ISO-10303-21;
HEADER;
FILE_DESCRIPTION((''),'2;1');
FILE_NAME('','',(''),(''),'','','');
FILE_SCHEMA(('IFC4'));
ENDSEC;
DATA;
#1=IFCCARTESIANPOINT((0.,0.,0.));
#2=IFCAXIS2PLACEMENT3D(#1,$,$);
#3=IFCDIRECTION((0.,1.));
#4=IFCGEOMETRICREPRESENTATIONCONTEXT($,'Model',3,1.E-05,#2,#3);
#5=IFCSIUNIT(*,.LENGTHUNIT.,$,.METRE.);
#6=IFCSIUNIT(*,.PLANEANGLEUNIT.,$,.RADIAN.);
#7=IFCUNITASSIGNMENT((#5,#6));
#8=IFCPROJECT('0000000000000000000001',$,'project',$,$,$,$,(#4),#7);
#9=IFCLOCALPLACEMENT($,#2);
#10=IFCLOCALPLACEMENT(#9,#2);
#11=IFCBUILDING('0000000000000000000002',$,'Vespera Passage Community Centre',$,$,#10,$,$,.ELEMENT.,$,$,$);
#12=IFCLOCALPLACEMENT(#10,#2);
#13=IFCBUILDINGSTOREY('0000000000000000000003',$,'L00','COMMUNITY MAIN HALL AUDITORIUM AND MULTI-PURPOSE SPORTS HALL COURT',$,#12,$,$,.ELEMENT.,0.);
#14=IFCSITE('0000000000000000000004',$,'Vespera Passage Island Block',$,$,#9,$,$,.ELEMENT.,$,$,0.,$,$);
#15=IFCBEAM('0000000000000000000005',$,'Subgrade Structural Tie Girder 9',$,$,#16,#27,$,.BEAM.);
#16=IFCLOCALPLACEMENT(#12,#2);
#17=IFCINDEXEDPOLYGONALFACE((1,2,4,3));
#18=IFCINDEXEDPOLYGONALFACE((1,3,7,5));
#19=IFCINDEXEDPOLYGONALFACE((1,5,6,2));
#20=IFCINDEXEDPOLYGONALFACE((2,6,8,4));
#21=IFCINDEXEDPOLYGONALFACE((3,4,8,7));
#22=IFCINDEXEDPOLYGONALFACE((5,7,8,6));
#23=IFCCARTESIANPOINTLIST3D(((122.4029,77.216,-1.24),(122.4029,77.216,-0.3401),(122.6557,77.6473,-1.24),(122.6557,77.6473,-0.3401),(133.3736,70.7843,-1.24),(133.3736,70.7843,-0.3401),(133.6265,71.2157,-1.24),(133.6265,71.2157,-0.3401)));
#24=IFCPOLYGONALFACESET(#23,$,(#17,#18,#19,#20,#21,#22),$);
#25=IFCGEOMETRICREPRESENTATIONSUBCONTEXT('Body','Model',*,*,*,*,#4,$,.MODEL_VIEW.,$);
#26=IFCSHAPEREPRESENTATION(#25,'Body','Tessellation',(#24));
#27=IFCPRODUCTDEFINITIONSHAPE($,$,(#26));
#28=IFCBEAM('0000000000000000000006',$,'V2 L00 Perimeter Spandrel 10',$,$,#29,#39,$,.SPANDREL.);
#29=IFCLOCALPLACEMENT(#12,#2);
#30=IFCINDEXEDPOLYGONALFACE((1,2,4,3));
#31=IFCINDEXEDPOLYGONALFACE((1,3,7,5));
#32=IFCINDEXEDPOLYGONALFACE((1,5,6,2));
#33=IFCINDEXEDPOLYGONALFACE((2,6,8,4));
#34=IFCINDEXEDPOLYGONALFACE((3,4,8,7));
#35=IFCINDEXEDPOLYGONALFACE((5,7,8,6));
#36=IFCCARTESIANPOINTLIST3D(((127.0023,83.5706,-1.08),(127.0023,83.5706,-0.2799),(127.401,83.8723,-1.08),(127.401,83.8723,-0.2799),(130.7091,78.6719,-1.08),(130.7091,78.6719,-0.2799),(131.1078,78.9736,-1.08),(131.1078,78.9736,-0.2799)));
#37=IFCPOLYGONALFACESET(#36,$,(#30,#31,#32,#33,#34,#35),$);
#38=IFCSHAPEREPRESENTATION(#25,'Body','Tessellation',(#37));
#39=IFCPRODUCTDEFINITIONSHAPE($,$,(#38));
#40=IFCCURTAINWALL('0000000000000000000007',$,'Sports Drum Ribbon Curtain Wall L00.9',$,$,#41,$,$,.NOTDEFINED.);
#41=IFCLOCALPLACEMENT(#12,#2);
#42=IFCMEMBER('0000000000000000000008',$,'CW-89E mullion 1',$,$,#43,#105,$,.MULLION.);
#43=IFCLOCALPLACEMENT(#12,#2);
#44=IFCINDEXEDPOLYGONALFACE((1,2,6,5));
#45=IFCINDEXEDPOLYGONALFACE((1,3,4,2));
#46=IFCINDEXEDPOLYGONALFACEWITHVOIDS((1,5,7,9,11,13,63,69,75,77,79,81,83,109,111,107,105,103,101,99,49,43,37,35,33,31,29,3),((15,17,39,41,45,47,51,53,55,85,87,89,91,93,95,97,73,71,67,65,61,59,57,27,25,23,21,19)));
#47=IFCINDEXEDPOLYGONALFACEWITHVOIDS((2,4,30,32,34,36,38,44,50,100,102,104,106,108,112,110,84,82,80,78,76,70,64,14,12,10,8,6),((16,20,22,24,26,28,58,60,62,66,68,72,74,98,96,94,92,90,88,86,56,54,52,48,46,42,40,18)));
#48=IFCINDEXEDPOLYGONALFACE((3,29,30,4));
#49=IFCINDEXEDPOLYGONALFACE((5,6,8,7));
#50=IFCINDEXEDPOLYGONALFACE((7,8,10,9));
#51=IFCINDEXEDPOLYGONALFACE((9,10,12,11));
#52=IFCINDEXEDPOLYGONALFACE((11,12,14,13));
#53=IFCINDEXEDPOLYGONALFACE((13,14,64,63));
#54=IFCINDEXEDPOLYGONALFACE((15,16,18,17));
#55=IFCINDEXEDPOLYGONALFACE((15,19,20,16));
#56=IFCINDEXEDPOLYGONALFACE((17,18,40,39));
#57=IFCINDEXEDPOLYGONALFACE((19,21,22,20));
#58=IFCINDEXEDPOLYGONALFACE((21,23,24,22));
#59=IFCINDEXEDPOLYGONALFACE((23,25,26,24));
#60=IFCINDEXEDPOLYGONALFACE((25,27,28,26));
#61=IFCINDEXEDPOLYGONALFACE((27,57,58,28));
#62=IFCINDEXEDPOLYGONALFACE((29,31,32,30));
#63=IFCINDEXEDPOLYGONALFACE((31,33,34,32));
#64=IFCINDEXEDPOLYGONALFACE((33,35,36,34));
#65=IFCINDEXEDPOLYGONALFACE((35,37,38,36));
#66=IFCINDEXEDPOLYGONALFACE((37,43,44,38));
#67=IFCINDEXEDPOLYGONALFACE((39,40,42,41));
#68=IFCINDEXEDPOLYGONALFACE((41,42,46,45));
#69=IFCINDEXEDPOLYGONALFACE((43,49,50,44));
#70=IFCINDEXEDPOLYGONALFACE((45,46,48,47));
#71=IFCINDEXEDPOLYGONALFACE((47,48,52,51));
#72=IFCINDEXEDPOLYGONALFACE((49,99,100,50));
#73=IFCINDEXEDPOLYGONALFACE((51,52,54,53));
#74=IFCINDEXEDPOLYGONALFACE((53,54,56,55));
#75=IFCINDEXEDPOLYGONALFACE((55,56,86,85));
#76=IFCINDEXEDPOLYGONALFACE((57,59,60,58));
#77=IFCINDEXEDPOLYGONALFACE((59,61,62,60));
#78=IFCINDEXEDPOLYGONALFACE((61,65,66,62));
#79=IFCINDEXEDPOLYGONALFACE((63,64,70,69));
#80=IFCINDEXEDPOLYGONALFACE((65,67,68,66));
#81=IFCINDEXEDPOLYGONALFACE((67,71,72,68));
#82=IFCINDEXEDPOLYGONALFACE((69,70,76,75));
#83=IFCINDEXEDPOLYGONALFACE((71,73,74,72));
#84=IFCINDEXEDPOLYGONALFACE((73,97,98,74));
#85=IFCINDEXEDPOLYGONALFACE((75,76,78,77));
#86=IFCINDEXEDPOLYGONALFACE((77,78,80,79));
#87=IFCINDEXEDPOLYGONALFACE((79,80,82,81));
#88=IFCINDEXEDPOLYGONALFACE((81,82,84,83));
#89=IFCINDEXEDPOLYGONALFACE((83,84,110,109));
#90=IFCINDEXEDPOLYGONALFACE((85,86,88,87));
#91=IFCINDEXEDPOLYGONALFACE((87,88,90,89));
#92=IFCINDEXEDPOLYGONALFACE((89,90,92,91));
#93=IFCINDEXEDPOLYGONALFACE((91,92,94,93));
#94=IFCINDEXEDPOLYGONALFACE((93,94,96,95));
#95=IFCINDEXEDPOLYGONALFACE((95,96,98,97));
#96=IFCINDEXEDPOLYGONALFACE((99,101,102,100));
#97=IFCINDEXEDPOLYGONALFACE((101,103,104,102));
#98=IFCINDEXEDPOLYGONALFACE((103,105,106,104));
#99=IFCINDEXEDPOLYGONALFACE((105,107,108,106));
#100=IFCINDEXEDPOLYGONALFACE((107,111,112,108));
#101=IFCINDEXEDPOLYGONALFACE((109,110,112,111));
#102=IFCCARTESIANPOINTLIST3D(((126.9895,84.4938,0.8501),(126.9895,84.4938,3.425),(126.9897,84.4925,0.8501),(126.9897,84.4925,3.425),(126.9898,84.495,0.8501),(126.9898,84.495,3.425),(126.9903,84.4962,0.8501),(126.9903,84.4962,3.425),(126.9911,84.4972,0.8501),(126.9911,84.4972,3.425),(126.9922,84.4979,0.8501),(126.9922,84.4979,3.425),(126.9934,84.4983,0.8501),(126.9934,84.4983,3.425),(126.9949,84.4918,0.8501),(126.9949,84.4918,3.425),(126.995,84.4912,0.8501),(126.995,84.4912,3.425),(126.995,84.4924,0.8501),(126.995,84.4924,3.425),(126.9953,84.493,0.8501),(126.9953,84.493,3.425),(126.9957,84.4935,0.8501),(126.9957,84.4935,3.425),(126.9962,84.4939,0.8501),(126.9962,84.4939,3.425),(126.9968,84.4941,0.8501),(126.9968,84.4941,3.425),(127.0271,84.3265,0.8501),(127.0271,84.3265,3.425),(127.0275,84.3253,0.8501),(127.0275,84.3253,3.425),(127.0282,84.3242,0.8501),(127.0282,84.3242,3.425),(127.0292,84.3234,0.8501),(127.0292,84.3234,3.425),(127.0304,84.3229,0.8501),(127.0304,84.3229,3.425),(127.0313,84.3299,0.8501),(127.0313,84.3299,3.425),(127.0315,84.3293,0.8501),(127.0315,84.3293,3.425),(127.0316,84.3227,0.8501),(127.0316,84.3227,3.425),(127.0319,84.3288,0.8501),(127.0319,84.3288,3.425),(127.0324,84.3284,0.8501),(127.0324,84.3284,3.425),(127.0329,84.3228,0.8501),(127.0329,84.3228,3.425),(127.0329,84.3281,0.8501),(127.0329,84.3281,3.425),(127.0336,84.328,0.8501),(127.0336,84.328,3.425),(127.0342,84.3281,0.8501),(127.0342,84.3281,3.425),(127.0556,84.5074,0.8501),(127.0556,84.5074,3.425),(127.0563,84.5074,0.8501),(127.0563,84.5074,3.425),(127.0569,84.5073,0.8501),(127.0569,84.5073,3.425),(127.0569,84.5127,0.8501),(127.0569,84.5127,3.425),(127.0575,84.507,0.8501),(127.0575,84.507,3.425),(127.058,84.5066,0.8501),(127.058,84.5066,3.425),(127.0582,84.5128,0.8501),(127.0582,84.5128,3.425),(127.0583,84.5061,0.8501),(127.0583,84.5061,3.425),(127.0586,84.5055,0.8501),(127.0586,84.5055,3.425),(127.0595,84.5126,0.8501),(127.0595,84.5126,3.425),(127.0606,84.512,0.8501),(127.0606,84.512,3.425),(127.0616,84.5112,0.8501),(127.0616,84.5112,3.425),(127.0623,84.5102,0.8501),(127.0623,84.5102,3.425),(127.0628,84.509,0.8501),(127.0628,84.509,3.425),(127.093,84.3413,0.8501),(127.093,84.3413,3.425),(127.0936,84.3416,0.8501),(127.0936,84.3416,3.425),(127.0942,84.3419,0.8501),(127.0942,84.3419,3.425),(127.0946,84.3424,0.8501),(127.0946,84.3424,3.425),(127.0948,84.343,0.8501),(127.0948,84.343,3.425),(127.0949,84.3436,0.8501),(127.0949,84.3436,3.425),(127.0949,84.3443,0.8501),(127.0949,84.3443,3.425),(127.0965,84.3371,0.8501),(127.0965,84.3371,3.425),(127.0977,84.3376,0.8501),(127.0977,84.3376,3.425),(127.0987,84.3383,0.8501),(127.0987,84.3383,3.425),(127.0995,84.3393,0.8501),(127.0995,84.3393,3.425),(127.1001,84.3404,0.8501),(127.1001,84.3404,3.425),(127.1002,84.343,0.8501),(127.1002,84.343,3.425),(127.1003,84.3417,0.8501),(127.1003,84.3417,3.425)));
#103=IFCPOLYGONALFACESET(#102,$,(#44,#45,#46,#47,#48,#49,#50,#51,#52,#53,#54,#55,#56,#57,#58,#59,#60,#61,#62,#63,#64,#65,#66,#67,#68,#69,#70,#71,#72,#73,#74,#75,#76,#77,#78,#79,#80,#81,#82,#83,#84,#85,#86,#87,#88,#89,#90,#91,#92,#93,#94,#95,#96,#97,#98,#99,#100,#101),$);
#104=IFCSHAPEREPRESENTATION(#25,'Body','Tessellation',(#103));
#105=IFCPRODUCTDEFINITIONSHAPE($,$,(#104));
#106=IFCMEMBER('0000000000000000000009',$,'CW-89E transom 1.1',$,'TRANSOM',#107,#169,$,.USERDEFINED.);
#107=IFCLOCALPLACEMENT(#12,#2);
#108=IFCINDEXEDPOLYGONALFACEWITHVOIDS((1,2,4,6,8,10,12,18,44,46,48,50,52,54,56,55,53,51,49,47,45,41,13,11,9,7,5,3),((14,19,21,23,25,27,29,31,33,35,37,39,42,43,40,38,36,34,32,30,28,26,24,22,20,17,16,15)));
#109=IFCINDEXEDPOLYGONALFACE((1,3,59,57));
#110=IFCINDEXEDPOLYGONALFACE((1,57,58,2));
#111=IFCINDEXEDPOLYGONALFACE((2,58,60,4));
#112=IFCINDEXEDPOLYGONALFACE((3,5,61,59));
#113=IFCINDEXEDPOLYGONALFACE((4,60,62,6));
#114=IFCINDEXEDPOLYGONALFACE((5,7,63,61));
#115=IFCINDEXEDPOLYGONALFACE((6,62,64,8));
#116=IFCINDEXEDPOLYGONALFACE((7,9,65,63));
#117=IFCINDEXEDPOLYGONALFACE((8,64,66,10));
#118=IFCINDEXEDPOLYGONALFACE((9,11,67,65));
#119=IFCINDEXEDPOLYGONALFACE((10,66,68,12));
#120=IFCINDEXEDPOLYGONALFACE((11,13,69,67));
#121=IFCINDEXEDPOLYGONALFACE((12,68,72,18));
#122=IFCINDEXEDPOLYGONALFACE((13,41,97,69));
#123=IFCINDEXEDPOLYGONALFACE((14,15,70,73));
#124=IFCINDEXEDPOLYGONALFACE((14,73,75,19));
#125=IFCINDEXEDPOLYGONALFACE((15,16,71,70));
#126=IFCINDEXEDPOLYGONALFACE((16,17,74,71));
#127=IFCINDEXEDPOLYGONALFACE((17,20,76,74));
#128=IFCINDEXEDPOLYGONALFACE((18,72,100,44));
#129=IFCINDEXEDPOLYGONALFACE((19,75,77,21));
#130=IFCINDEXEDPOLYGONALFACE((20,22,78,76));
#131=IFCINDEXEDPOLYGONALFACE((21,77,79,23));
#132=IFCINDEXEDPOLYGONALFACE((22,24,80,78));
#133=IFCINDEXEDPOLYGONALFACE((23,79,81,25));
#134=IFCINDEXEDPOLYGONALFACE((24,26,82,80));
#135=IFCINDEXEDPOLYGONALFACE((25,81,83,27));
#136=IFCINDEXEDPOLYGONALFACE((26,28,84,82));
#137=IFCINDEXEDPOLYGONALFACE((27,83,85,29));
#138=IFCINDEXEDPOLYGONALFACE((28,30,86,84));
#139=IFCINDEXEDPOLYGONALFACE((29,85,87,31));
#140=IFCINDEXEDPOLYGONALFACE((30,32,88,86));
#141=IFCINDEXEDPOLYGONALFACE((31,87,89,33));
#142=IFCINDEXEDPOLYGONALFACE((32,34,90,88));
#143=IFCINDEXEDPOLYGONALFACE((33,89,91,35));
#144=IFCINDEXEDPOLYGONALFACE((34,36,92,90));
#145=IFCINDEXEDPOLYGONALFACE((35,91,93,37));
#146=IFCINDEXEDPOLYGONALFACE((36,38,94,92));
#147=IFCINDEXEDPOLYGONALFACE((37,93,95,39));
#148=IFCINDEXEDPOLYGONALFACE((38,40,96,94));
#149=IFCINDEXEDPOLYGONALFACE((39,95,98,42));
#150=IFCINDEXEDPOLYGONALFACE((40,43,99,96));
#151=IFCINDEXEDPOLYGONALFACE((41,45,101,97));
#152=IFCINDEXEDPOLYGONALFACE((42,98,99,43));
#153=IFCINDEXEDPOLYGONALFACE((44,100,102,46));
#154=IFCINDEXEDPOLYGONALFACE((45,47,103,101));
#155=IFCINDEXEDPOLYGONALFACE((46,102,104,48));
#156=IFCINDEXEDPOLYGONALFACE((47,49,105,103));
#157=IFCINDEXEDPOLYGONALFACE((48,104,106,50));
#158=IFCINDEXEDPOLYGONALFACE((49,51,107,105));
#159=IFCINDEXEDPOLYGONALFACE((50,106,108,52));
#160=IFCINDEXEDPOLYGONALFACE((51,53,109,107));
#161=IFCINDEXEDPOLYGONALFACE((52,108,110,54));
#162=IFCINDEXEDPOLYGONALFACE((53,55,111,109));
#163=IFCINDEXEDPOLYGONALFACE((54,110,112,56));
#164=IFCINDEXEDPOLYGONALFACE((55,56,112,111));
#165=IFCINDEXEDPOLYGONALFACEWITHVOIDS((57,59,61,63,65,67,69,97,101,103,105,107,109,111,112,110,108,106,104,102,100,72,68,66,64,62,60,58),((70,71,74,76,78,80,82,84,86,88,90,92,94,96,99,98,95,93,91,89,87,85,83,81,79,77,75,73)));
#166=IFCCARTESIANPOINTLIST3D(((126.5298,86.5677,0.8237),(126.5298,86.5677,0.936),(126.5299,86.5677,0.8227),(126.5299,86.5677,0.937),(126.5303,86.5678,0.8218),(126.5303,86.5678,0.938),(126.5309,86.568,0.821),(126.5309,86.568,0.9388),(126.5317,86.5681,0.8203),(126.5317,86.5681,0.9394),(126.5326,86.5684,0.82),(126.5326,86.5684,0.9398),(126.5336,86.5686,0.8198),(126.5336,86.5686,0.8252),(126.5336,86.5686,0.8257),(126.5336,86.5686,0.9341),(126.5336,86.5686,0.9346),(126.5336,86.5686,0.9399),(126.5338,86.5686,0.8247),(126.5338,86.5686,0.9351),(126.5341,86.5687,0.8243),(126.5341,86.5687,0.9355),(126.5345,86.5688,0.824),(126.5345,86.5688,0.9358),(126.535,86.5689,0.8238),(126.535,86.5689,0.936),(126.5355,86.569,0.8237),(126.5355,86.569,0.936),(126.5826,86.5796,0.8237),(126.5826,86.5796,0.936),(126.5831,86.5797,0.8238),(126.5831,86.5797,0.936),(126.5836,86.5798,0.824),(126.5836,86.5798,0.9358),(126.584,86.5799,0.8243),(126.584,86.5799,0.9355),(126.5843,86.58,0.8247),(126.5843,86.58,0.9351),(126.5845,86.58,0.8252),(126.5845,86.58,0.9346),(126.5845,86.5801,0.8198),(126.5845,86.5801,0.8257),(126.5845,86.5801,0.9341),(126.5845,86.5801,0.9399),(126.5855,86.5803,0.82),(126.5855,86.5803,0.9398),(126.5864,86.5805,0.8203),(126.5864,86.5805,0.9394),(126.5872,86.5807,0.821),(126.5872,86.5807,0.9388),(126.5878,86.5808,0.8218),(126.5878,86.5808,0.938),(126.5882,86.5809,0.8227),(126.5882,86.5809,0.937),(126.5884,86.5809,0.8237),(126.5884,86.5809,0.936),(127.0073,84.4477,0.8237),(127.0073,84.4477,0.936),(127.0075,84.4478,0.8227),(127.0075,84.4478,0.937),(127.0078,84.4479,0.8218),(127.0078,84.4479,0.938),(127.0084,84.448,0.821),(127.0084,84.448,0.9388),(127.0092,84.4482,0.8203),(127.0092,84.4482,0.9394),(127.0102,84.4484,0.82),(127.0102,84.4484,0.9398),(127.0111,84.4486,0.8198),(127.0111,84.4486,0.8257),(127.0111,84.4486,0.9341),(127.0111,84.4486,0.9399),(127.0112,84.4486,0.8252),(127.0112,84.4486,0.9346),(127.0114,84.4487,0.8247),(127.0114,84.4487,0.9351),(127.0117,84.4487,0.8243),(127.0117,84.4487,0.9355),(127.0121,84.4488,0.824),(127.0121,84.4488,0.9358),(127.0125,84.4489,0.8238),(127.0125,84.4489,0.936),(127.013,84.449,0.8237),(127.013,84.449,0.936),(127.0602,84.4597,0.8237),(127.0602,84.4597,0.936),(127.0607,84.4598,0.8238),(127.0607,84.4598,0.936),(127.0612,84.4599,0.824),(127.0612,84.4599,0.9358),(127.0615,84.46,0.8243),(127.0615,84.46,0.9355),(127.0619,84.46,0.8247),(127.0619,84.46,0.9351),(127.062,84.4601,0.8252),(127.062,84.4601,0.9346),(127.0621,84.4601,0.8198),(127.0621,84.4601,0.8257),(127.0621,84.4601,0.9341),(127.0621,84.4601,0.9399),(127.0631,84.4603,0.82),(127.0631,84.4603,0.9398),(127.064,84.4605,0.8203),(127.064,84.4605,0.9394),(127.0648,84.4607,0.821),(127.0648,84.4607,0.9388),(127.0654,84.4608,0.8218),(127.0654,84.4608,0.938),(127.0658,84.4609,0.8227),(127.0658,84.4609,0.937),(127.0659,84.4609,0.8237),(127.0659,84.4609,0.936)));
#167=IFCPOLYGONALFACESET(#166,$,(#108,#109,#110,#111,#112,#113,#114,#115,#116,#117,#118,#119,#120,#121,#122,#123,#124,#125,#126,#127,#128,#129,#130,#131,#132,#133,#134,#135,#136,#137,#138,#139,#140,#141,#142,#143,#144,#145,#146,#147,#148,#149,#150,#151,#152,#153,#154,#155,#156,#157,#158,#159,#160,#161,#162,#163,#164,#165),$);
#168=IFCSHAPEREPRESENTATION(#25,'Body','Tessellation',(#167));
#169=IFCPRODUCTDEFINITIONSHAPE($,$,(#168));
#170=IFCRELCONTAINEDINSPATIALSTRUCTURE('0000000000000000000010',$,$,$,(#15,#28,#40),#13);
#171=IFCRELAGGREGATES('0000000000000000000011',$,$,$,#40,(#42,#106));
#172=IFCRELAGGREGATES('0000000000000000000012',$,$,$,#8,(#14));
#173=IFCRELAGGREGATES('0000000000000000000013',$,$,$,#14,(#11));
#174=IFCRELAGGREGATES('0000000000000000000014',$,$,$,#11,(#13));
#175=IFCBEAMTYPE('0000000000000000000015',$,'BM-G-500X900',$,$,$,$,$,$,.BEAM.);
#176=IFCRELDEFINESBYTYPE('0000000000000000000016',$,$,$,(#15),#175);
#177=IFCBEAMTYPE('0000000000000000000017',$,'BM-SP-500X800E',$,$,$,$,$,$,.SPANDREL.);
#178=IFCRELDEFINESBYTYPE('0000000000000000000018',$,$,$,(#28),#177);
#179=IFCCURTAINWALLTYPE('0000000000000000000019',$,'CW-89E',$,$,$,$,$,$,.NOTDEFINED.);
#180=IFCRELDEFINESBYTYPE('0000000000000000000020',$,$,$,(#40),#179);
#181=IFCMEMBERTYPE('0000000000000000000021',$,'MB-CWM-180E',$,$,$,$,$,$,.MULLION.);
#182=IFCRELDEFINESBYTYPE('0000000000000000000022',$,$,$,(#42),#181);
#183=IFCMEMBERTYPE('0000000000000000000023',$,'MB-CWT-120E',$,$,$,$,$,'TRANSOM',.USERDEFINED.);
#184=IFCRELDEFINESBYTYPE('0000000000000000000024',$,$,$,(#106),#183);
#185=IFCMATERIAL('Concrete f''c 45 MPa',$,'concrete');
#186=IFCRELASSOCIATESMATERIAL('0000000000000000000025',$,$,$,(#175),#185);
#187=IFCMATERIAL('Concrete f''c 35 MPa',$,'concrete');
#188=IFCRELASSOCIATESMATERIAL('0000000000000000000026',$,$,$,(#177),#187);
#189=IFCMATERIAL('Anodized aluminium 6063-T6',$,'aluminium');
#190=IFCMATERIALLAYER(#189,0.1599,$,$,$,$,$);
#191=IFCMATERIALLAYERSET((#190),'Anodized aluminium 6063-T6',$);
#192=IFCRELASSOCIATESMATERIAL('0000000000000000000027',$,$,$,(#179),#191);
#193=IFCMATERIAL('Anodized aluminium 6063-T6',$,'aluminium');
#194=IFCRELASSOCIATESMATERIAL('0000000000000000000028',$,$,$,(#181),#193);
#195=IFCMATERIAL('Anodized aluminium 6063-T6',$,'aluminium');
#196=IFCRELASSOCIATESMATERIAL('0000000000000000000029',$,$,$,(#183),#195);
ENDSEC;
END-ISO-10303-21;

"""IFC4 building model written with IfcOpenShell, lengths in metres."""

from ifc_helpers import new_model, si_unit, direction, frame, origin, origin_2d, place, context, subcontext, project, spatial, rectangle, hollow_rectangle, extrude, material, layer, layer_set, material_profile, profile_set, type_object, element, aggregate, save


model = new_model("IFC4")

# Units and contexts
model_context = context("Model", 3, precision=1e-05, world=origin(), true_north=direction((0.0, 1.0)))
body_context = subcontext(model_context, "Body", "Model", "MODEL_VIEW")
ifc_project = project(units=[si_unit("LENGTHUNIT", "METRE"), si_unit("PLANEANGLEUNIT", "RADIAN")], contexts=[model_context])

# Site, building, storey
site_placement = place(None, origin())
site = spatial("IfcSite", under=ifc_project, at=site_placement, Name="Vespera Passage Island Block", CompositionType="ELEMENT", RefElevation=0.0)
building_placement = place(site_placement, origin())
building = spatial("IfcBuilding", under=site, at=building_placement, Name="Vespera Passage Community Centre", CompositionType="ELEMENT")
storey_placement = place(building_placement, origin())
storey = spatial("IfcBuildingStorey", under=building, at=storey_placement, Name="L00", Description="COMMUNITY MAIN HALL AUDITORIUM AND MULTI-PURPOSE SPORTS HALL COURT", CompositionType="ELEMENT", Elevation=0.0)

# Beams
ifc_material_1 = material(Name="Concrete f'c 45 MPa", Category="concrete")
ifc_material_profile_1 = material_profile(ifc_material_1, rectangle(XDim=0.5, YDim=0.8999, at=origin_2d()), Name="RC500X900")
ifc_profile_set_1 = profile_set([ifc_material_profile_1], Name="Concrete f'c 45 MPa")
beam_type_1 = type_object("IfcBeamType", Name="BM-G-500X900", PredefinedType="BEAM", material=ifc_profile_set_1)
beam_1_placement = place(storey_placement, frame((122.5293, 77.4316, -0.79), z_axis=(0.862679, -0.505751, 0.0), x_axis=(0.505751, 0.862679, 0.0)))
element("IfcBeam", 1, at=beam_1_placement, inside=storey, type_object=beam_type_1, Name="Subgrade Structural Tie Girder 9", PredefinedType="BEAM", context=body_context, shape_type="SweptSolid", body=[
    extrude(rectangle(XDim=0.5, YDim=0.8999, at=origin_2d()), origin(), (0.0, 0.0, 1.0), 12.717),
])
ifc_material_2 = material(Name="Concrete f'c 35 MPa", Category="concrete")
ifc_material_profile_2 = material_profile(ifc_material_2, rectangle(XDim=0.5, YDim=0.8, at=origin_2d()), Name="RC500X800")
ifc_profile_set_2 = profile_set([ifc_material_profile_2], Name="Concrete f'c 35 MPa")
beam_type_2 = type_object("IfcBeamType", Name="BM-SP-500X800E", PredefinedType="SPANDREL", material=ifc_profile_set_2)
beam_2_placement = place(storey_placement, frame((127.2017, 83.7214, -0.6799), z_axis=(0.603409, -0.797432, 0.0), x_axis=(0.797432, 0.603409, 0.0)))
element("IfcBeam", 2, at=beam_2_placement, inside=storey, type_object=beam_type_2, Name="V2 L00 Perimeter Spandrel 10", PredefinedType="SPANDREL", context=body_context, shape_type="SweptSolid", body=[
    extrude(rectangle(XDim=0.5, YDim=0.8, at=origin_2d()), origin(), (0.0, 0.0, 1.0), 6.1431),
])

# Curtain wall, members
ifc_material_3 = material(Name="Anodized aluminium 6063-T6", Category="aluminium")
ifc_layer_1 = layer(ifc_material_3, 0.1599)
ifc_layer_set_1 = layer_set([ifc_layer_1], Name="Anodized aluminium 6063-T6")
curtain_wall_type = type_object("IfcCurtainWallType", Name="CW-89E", PredefinedType="NOTDEFINED", material=ifc_layer_set_1)
curtain_wall_placement = place(storey_placement, origin())
curtain_wall = element("IfcCurtainWall", 3, at=curtain_wall_placement, inside=storey, type_object=curtain_wall_type, Name="Sports Drum Ribbon Curtain Wall L00.9", PredefinedType="NOTDEFINED")
ifc_material_4 = material(Name="Anodized aluminium 6063-T6", Category="aluminium")
ifc_material_profile_3 = material_profile(ifc_material_4, hollow_rectangle(XDim=0.075, YDim=0.1799, WallThickness=0.0049, InnerFilletRadius=0.0024, OuterFilletRadius=0.0049, at=origin_2d()), Name="ALU180X75X5")
ifc_profile_set_3 = profile_set([ifc_material_profile_3], Name="Anodized aluminium 6063-T6")
member_type_1 = type_object("IfcMemberType", Name="MB-CWM-180E", PredefinedType="MULLION", material=ifc_profile_set_3)
member_1_placement = place(storey_placement, frame((127.0449, 84.4177, 0.8501), z_axis=(0.0, 0.0, 1.0), x_axis=(-0.975553, -0.219763, 0.0)))
member_1 = element("IfcMember", 4, at=member_1_placement, type_object=member_type_1, Name="CW-89E mullion 1", PredefinedType="MULLION", context=body_context, shape_type="SweptSolid", body=[
    extrude(hollow_rectangle(XDim=0.075, YDim=0.1799, WallThickness=0.0049, InnerFilletRadius=0.0024, OuterFilletRadius=0.0049, at=origin_2d()), origin(), (0.0, 0.0, 1.0), 2.575),
])
ifc_material_5 = material(Name="Anodized aluminium 6063-T6", Category="aluminium")
ifc_material_profile_4 = material_profile(ifc_material_5, hollow_rectangle(XDim=0.0601, YDim=0.1201, WallThickness=0.0039, InnerFilletRadius=0.002, OuterFilletRadius=0.0039, at=origin_2d()), Name="ALU120X60X4")
ifc_profile_set_4 = profile_set([ifc_material_profile_4], Name="Anodized aluminium 6063-T6")
member_type_2 = type_object("IfcMemberType", Name="MB-CWT-120E", ElementType="TRANSOM", PredefinedType="USERDEFINED", material=ifc_profile_set_4)
member_2_placement = place(storey_placement, frame((127.0366, 84.4543, 0.8799), z_axis=(-0.219761, 0.975554, 0.0), x_axis=(-0.975554, -0.219761, 0.0)))
member_2 = element("IfcMember", 5, at=member_2_placement, type_object=member_type_2, Name="CW-89E transom 1.1", ObjectType="TRANSOM", PredefinedType="USERDEFINED", context=body_context, shape_type="SweptSolid", body=[
    extrude(hollow_rectangle(XDim=0.0601, YDim=0.1201, WallThickness=0.0039, InnerFilletRadius=0.002, OuterFilletRadius=0.0039, at=origin_2d()), origin(), (0.0, 0.0, 1.0), 2.1731),
])
aggregate(curtain_wall, [member_1, member_2])

save(model, "model.ifc")
